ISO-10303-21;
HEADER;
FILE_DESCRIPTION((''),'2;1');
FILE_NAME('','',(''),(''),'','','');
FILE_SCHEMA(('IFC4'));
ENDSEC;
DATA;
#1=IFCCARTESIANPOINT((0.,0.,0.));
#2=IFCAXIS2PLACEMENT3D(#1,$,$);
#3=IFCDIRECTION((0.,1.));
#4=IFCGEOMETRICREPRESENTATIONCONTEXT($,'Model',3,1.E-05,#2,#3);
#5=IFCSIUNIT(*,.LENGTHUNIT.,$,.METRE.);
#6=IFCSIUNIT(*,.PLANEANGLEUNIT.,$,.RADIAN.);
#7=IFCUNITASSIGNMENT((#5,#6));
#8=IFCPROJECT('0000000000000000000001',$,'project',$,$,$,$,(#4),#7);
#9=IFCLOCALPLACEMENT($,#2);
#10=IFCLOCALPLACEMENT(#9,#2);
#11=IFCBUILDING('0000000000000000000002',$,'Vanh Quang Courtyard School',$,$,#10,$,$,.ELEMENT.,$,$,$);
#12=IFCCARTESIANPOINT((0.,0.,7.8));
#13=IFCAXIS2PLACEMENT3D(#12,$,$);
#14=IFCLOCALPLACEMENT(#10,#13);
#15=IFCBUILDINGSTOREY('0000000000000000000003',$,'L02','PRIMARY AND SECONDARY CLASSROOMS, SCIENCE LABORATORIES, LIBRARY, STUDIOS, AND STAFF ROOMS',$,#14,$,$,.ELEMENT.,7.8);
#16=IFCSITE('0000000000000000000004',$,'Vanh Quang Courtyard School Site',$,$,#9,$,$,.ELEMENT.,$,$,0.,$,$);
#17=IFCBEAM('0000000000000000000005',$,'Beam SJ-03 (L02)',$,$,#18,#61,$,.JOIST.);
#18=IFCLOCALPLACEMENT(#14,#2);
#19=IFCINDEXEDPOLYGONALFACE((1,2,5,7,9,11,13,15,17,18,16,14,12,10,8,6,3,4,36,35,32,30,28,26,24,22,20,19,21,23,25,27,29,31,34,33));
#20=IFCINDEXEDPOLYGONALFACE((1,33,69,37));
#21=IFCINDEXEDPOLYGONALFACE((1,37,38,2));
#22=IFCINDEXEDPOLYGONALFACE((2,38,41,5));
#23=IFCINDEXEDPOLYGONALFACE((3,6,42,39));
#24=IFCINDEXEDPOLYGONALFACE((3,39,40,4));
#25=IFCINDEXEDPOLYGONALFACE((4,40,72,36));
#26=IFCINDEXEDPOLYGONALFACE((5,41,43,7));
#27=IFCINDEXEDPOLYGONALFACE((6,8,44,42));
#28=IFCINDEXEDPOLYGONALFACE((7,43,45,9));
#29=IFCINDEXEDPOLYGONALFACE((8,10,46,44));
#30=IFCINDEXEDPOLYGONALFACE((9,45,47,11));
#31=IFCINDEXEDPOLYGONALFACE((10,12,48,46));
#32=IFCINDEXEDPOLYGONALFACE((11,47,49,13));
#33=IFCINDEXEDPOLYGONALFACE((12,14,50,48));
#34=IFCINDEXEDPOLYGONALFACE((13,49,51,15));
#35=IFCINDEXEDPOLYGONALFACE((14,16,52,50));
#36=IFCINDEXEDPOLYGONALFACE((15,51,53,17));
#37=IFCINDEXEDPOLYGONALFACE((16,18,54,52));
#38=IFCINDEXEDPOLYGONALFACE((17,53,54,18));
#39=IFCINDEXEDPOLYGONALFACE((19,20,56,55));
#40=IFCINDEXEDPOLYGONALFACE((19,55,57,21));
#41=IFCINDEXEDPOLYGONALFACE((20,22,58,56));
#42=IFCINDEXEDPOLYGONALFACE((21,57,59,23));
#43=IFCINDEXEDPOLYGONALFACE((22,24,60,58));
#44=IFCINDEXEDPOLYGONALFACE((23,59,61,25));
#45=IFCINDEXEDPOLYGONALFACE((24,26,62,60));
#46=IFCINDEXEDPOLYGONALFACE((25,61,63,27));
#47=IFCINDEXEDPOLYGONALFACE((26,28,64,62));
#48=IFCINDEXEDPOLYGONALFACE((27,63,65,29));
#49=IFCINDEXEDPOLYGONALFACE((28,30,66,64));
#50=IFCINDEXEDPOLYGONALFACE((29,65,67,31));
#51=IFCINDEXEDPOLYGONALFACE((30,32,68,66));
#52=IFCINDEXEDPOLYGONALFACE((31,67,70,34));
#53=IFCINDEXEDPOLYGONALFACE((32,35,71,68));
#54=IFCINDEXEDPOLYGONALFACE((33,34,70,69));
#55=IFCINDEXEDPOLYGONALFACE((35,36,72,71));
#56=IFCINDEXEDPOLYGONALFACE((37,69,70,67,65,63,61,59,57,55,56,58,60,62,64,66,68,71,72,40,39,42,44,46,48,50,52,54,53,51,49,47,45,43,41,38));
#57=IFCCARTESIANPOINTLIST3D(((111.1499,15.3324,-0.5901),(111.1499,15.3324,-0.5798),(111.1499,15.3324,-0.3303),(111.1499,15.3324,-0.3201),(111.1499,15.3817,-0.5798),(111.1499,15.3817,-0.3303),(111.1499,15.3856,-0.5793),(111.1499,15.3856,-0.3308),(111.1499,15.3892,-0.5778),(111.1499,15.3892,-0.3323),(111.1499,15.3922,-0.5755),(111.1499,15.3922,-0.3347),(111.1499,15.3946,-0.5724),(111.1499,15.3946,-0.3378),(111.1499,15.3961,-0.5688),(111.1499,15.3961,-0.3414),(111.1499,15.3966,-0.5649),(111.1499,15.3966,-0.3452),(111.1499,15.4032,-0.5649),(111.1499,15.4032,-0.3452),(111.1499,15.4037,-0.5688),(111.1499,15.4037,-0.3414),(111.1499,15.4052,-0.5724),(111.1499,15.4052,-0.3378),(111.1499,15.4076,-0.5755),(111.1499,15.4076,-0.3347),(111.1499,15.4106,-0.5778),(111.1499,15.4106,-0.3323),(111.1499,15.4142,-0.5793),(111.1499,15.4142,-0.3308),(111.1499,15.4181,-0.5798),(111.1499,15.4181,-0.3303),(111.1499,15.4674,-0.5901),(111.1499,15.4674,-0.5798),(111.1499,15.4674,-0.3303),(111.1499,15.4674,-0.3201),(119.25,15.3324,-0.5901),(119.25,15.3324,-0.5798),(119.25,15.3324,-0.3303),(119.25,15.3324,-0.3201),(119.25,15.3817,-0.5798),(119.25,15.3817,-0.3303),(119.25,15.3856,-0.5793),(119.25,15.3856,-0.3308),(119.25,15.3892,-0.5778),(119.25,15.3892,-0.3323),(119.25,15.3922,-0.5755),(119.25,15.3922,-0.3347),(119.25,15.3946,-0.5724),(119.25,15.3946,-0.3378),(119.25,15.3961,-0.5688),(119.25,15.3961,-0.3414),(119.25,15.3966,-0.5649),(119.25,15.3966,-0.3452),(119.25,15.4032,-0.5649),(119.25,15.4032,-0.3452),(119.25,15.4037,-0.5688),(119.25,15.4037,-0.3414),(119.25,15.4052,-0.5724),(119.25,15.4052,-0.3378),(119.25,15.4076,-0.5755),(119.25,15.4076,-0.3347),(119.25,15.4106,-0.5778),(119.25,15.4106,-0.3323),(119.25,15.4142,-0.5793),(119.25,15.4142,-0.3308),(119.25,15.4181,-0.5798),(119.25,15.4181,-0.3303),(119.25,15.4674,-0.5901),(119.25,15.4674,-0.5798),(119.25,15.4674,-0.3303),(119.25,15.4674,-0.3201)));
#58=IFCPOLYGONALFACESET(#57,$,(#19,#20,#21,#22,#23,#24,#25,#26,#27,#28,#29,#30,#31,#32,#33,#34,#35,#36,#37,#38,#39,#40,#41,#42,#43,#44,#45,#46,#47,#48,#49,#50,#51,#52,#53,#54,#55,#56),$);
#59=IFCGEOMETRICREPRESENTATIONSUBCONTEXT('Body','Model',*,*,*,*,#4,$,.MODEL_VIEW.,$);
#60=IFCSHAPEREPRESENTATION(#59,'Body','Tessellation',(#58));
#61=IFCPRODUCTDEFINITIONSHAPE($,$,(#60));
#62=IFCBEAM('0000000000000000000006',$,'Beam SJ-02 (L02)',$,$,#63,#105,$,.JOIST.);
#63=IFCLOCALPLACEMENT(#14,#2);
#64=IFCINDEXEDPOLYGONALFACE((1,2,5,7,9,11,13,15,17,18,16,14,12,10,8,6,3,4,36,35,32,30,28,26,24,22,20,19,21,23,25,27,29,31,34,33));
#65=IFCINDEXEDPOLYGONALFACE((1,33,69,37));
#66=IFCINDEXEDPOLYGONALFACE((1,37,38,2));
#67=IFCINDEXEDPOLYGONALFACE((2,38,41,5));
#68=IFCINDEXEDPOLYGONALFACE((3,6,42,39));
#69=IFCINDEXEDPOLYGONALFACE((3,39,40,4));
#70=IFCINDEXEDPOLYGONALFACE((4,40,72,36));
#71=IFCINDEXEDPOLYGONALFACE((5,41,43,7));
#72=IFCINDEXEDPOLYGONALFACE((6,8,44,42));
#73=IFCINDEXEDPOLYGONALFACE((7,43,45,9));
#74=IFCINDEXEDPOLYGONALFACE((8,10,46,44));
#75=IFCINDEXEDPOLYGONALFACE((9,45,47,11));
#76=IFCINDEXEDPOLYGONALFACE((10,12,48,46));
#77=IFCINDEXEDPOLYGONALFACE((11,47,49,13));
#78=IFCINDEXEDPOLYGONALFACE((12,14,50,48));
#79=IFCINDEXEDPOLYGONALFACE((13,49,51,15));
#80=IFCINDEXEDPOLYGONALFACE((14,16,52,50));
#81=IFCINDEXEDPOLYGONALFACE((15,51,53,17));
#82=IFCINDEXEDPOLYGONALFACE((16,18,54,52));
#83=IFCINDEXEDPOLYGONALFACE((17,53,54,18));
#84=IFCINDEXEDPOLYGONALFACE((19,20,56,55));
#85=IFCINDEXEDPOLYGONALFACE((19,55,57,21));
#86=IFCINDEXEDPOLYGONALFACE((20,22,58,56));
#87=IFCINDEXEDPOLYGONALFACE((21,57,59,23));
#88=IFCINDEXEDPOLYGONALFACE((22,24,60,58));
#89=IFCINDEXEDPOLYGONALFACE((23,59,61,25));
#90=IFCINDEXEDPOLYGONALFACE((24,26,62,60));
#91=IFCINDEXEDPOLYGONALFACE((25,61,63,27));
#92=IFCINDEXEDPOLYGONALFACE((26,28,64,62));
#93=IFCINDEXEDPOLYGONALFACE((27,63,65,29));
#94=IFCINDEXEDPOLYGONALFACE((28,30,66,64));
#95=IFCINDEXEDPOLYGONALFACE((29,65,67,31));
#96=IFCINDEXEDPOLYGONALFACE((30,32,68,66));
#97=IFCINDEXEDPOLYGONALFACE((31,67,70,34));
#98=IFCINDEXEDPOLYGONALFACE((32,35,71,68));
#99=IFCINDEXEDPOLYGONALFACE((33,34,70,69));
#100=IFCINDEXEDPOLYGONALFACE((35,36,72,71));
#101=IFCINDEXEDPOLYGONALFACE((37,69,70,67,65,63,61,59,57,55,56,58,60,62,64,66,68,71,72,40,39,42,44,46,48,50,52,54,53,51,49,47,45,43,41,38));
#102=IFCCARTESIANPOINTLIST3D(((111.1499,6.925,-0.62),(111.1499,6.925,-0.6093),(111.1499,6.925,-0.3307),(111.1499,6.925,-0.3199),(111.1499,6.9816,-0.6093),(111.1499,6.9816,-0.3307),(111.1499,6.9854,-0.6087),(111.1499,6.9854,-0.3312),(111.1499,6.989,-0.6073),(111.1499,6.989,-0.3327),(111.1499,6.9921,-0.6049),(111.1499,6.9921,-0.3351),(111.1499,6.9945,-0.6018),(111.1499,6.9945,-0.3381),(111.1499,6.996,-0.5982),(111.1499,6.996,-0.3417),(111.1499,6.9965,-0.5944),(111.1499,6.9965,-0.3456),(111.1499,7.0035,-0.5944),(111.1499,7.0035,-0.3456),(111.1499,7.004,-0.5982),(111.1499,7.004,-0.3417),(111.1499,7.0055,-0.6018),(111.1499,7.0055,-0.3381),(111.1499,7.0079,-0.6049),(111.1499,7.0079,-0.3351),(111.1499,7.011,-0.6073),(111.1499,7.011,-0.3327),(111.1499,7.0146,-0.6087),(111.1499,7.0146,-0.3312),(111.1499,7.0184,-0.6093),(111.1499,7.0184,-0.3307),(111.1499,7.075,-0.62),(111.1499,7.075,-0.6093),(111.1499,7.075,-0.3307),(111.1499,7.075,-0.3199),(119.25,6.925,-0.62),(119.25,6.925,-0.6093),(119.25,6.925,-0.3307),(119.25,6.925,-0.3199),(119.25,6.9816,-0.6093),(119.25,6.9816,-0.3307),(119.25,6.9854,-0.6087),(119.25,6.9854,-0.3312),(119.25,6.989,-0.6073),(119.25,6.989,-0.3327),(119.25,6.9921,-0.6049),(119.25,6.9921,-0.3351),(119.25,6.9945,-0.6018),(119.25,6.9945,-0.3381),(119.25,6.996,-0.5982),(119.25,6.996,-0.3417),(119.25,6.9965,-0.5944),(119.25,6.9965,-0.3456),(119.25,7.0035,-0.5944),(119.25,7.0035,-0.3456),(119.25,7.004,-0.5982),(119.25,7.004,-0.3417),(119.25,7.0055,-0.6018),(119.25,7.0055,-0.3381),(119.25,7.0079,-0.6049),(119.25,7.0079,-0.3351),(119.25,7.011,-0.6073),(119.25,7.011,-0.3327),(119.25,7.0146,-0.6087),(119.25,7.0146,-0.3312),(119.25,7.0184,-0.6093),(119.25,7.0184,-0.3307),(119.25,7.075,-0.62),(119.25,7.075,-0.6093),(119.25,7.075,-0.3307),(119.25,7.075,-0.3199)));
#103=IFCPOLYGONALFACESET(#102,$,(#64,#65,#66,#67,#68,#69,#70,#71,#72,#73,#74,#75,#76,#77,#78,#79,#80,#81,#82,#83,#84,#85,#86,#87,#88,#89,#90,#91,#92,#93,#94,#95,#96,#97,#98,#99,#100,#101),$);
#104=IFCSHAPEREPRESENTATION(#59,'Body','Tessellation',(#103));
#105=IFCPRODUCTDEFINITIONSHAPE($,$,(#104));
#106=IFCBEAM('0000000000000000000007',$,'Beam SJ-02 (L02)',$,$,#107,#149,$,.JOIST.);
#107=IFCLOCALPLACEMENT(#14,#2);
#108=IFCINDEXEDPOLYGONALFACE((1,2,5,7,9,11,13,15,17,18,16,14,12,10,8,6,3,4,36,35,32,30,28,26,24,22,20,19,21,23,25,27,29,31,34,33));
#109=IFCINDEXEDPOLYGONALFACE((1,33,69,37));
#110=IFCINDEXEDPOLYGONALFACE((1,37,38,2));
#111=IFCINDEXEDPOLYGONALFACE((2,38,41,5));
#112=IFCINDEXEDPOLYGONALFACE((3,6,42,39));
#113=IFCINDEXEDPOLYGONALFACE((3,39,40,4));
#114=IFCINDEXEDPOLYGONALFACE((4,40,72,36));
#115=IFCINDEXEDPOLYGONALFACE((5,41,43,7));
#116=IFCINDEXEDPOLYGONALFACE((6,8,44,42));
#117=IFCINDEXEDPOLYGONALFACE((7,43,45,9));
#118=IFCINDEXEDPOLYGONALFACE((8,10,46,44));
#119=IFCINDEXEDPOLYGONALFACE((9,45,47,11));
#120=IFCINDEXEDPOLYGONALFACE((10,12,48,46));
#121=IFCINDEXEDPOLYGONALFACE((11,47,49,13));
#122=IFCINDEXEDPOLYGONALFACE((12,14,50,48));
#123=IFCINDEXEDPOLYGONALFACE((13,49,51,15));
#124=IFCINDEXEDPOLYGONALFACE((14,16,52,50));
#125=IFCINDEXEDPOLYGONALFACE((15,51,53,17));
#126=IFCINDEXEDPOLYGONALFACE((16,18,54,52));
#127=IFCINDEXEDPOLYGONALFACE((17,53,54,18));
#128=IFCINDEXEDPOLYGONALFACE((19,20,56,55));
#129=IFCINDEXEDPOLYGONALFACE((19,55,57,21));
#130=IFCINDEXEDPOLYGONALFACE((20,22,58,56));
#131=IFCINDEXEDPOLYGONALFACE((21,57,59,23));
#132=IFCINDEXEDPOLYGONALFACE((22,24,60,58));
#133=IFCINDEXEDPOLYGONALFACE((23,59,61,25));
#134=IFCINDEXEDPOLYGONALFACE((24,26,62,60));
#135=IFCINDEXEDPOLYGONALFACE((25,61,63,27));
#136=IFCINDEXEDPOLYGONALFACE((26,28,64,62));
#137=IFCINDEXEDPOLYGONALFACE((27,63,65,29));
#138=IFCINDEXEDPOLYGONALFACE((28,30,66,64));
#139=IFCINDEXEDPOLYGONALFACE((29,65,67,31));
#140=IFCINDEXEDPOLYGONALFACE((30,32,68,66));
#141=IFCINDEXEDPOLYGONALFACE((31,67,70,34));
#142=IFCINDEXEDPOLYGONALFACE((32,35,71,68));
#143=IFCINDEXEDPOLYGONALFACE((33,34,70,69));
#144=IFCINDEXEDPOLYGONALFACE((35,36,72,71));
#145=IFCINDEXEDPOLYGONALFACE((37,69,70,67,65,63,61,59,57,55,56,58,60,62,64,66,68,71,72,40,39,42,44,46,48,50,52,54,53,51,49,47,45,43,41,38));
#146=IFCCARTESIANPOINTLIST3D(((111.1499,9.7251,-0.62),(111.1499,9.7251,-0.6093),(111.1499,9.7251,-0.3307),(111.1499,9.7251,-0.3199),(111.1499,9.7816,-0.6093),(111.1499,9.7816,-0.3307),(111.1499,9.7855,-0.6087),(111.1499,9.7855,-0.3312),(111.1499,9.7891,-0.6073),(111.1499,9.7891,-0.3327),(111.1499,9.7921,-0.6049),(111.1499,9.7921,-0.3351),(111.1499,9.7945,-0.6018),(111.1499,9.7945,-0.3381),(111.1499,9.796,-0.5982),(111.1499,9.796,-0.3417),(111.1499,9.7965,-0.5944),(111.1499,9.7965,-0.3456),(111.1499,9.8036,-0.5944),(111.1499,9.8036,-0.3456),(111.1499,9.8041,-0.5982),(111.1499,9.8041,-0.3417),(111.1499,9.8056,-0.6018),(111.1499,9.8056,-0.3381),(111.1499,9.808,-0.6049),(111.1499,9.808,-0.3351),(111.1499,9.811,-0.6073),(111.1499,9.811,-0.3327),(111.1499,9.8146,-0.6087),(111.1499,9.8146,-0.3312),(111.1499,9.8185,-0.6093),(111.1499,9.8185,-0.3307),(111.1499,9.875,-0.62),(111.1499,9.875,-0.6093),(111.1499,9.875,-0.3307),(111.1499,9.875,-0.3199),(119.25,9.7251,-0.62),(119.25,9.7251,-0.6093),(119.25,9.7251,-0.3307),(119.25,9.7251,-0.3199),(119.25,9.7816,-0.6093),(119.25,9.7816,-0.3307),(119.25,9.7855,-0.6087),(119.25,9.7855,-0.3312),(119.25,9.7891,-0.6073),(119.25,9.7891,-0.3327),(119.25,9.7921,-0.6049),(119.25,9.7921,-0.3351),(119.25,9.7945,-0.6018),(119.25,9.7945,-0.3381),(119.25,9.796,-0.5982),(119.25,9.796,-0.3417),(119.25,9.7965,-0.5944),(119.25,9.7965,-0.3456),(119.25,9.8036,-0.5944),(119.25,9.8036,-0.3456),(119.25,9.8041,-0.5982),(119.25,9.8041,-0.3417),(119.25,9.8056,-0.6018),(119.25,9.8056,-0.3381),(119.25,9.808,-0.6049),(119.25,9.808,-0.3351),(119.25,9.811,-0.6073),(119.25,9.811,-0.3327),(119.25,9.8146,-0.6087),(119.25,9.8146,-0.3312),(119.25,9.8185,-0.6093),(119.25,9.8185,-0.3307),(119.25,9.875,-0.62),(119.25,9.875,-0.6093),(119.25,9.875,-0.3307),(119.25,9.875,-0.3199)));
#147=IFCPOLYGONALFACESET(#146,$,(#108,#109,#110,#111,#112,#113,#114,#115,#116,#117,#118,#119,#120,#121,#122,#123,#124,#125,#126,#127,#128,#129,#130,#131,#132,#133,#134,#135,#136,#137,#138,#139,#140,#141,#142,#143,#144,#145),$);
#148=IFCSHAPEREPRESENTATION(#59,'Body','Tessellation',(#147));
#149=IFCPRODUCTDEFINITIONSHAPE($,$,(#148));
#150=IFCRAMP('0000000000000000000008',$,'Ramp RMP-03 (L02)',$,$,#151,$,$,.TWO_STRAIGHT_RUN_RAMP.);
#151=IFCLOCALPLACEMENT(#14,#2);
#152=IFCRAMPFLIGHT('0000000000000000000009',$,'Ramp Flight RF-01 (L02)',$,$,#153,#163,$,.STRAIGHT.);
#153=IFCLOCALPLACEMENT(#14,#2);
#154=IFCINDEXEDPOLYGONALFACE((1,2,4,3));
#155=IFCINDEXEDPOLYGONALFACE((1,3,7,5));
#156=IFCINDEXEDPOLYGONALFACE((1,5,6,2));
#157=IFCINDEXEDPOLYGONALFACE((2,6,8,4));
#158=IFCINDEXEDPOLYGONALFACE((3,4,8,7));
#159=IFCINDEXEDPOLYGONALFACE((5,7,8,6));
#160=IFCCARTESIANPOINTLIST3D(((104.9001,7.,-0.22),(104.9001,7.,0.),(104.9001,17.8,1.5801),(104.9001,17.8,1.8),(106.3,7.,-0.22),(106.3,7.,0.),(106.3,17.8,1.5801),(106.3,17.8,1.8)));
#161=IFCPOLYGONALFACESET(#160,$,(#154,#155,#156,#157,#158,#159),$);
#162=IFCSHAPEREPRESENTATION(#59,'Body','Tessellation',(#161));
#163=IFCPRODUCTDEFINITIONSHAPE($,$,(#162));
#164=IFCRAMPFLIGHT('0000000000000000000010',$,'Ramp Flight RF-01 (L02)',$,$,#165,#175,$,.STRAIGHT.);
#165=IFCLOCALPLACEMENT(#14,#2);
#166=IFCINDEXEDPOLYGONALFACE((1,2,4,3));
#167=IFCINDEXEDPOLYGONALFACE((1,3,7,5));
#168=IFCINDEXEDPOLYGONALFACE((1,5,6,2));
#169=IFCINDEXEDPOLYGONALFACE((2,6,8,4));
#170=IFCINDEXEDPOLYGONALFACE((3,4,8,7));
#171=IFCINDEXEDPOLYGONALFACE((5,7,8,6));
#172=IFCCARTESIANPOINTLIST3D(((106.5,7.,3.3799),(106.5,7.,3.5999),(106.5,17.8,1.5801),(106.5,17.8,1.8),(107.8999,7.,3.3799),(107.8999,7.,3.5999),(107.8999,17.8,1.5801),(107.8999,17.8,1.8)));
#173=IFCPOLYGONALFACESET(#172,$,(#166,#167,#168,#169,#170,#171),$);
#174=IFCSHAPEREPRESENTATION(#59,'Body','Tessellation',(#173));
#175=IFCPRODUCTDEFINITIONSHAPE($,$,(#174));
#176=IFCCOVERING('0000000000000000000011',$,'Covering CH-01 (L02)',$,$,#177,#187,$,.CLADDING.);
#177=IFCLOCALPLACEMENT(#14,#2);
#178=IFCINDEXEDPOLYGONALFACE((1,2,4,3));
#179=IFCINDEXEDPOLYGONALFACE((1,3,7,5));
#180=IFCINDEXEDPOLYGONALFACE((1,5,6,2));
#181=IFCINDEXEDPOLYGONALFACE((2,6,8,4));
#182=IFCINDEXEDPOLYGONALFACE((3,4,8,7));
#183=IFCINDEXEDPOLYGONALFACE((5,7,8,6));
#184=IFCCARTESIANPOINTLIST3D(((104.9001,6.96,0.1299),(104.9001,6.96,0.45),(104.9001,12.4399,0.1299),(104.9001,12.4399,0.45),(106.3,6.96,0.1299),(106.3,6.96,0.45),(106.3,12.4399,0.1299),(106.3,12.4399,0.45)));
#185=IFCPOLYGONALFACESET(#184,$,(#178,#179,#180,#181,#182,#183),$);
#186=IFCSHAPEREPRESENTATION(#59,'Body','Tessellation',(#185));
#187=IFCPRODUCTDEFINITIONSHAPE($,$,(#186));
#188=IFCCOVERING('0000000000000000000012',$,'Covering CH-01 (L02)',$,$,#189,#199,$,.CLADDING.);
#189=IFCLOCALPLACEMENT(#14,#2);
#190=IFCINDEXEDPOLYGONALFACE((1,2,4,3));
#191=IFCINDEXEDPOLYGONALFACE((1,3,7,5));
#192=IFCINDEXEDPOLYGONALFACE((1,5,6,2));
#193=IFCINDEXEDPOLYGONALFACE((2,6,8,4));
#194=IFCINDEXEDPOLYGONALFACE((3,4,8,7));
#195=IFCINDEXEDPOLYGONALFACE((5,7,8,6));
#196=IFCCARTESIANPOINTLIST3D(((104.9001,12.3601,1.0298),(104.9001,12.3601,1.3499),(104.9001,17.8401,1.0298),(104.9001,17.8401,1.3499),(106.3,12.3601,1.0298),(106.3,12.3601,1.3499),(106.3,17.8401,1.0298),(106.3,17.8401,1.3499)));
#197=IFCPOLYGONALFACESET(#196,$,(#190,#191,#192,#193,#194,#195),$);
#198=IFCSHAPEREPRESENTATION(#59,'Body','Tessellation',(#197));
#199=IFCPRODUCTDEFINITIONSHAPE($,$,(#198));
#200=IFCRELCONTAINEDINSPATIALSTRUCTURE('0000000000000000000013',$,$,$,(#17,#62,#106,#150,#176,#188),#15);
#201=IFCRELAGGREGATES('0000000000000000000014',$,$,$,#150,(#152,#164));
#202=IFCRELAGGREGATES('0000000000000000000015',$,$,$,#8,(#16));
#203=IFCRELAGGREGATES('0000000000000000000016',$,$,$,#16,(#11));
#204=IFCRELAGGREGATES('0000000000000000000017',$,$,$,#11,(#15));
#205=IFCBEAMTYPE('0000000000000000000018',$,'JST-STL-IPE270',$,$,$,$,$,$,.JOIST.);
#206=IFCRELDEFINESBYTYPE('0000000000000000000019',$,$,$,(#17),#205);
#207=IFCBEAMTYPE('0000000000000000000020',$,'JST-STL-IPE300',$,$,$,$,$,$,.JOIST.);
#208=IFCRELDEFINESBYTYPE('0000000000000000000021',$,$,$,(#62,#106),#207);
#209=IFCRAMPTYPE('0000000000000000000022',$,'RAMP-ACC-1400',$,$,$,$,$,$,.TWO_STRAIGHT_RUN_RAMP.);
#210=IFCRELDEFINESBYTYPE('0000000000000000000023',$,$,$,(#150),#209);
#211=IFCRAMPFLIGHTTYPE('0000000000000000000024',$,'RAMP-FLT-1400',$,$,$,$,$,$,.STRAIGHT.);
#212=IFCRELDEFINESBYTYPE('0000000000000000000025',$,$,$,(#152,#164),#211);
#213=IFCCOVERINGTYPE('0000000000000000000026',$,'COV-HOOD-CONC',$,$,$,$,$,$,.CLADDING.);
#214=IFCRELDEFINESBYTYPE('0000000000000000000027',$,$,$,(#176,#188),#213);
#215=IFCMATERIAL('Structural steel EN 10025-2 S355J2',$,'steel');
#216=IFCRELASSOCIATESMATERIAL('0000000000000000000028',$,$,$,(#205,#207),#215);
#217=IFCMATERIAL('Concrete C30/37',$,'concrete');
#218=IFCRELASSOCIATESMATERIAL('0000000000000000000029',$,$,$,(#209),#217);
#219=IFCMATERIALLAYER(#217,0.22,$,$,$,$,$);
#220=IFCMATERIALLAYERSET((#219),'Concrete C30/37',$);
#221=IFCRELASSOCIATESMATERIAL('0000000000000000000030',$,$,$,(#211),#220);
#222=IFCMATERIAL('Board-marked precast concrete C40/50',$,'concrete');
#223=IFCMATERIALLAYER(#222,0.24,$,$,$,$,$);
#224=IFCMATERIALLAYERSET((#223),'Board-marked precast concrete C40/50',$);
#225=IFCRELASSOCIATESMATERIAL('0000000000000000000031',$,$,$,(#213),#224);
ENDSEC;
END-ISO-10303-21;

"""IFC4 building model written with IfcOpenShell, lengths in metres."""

from ifc_helpers import new_model, si_unit, direction, frame, origin, origin_2d, place, context, subcontext, project, spatial, polyline, rectangle, i_section, outline, extrude, material, layer, layer_set, material_profile, profile_set, type_object, element, aggregate, save


model = new_model("IFC4")

# Units and contexts
model_context = context("Model", 3, precision=1e-05, world=origin(), true_north=direction((0.0, 1.0)))
body_context = subcontext(model_context, "Body", "Model", "MODEL_VIEW")
ifc_project = project(units=[si_unit("LENGTHUNIT", "METRE"), si_unit("PLANEANGLEUNIT", "RADIAN")], contexts=[model_context])

# Site, building, storey
site_placement = place(None, origin())
site = spatial("IfcSite", under=ifc_project, at=site_placement, Name="Vanh Quang Courtyard School Site", CompositionType="ELEMENT", RefElevation=0.0)
building_placement = place(site_placement, origin())
building = spatial("IfcBuilding", under=site, at=building_placement, Name="Vanh Quang Courtyard School", CompositionType="ELEMENT")
storey_placement = place(building_placement, frame((0.0, 0.0, 7.8)))
storey = spatial("IfcBuildingStorey", under=building, at=storey_placement, Name="L02", Description="PRIMARY AND SECONDARY CLASSROOMS, SCIENCE LABORATORIES, LIBRARY, STUDIOS, AND STAFF ROOMS", CompositionType="ELEMENT", Elevation=7.8)

# Beams
ifc_material_1 = material(Name="Structural steel EN 10025-2 S355J2", Category="steel")
ifc_material_profile_1 = material_profile(ifc_material_1, i_section(OverallWidth=0.135, OverallDepth=0.27, WebThickness=0.0066, FlangeThickness=0.0103, FilletRadius=0.0149, at=origin_2d()), Name="IPE 270")
ifc_profile_set_1 = profile_set([ifc_material_profile_1], Name="Structural steel EN 10025-2 S355J2")
beam_type_1 = type_object("IfcBeamType", Name="JST-STL-IPE270", PredefinedType="JOIST", material=ifc_profile_set_1)
beam_1_placement = place(storey_placement, frame((111.1499, 15.3999, -0.4551), z_axis=(1.0, 0.0, 0.0), x_axis=(0.0, 1.0, 0.0)))
element("IfcBeam", 1, at=beam_1_placement, inside=storey, type_object=beam_type_1, Name="Beam SJ-03 (L02)", PredefinedType="JOIST", context=body_context, shape_type="SweptSolid", body=[
    extrude(i_section(OverallWidth=0.135, OverallDepth=0.27, WebThickness=0.0066, FlangeThickness=0.0103, FilletRadius=0.0149, at=origin_2d()), origin(), (0.0, 0.0, 1.0), 8.1001),
])
ifc_material_profile_2 = material_profile(ifc_material_1, i_section(OverallWidth=0.1499, OverallDepth=0.3, WebThickness=0.0071, FlangeThickness=0.0107, FilletRadius=0.0149, at=origin_2d()), Name="IPE 300")
ifc_profile_set_2 = profile_set([ifc_material_profile_2], Name="Structural steel EN 10025-2 S355J2")
beam_type_2 = type_object("IfcBeamType", Name="JST-STL-IPE300", PredefinedType="JOIST", material=ifc_profile_set_2)
for number, where, z_axis, x_axis, name in (
    (2, (111.1499, 7.0, -0.47), (1.0, 0.0, 0.0), (0.0, 1.0, 0.0), "Beam SJ-02 (L02)"),
    (3, (111.1499, 9.8, -0.47), (1.0, 0.0, 0.0), (0.0, 1.0, 0.0), "Beam SJ-02 (L02)"),
):
    element("IfcBeam", number, at=place(storey_placement, frame(where, z_axis=z_axis, x_axis=x_axis)), inside=storey, type_object=beam_type_2, Name=name, PredefinedType="JOIST", context=body_context, shape_type="SweptSolid", body=[
        extrude(i_section(OverallWidth=0.1499, OverallDepth=0.3, WebThickness=0.0071, FlangeThickness=0.0107, FilletRadius=0.0149, at=origin_2d()), origin(), (0.0, 0.0, 1.0), 8.1001),
    ])

# Ramp, ramp flights
ifc_material_2 = material(Name="Concrete C30/37", Category="concrete")
ramp_type = type_object("IfcRampType", Name="RAMP-ACC-1400", PredefinedType="TWO_STRAIGHT_RUN_RAMP", material=ifc_material_2)
ramp_placement = place(storey_placement, origin())
ramp = element("IfcRamp", 4, at=ramp_placement, inside=storey, type_object=ramp_type, Name="Ramp RMP-03 (L02)", PredefinedType="TWO_STRAIGHT_RUN_RAMP")
ifc_layer_1 = layer(ifc_material_2, 0.22)
ifc_layer_set_1 = layer_set([ifc_layer_1], Name="Concrete C30/37")
ramp_flight_type = type_object("IfcRampFlightType", Name="RAMP-FLT-1400", PredefinedType="STRAIGHT", material=ifc_layer_set_1)
ramp_flight_1_placement = place(storey_placement, frame((105.6001, 7.0, 0.0), z_axis=(0.0, 0.0, 1.0), x_axis=(0.0, 1.0, 0.0)))
ramp_flight_1 = element("IfcRampFlight", 5, at=ramp_flight_1_placement, type_object=ramp_flight_type, Name="Ramp Flight RF-01 (L02)", PredefinedType="STRAIGHT", context=body_context, shape_type="SweptSolid", body=[
    extrude(outline(polyline([(0.0, 0.0), (10.8, 1.8), (10.8, 1.5801), (0.0, -0.22), (0.0, 0.0)])), frame((0.0, 0.7, 0.0), z_axis=(0.0, -1.0, 0.0), x_axis=(1.0, 0.0, 0.0)), (0.0, 0.0, 1.0), 1.3999),
])
ramp_flight_2_placement = place(storey_placement, frame((107.2, 17.8, 1.8), z_axis=(0.0, 0.0, 1.0), x_axis=(0.0, -1.0, 0.0)))
ramp_flight_2 = element("IfcRampFlight", 6, at=ramp_flight_2_placement, type_object=ramp_flight_type, Name="Ramp Flight RF-01 (L02)", PredefinedType="STRAIGHT", context=body_context, shape_type="SweptSolid", body=[
    extrude(outline(polyline([(0.0, 0.0), (10.8, 1.7998), (10.8, 1.5798), (0.0, -0.22), (0.0, 0.0)])), frame((0.0, 0.7, 0.0), z_axis=(0.0, -1.0, 0.0), x_axis=(1.0, 0.0, 0.0)), (0.0, 0.0, 1.0), 1.3999),
])
aggregate(ramp, [ramp_flight_1, ramp_flight_2])

# Coverings
ifc_material_3 = material(Name="Board-marked precast concrete C40/50", Category="concrete")
ifc_layer_2 = layer(ifc_material_3, 0.24)
ifc_layer_set_2 = layer_set([ifc_layer_2], Name="Board-marked precast concrete C40/50")
covering_type = type_object("IfcCoveringType", Name="COV-HOOD-CONC", PredefinedType="CLADDING", material=ifc_layer_set_2)
for number, where, z_axis, x_axis, name in (
    (7, (105.6001, 9.7, 0.1299), (0.0, 0.0, 1.0), (1.0, 0.0, 0.0), "Covering CH-01 (L02)"),
    (8, (105.6001, 15.1001, 1.0298), (0.0, 0.0, 1.0), (1.0, 0.0, 0.0), "Covering CH-01 (L02)"),
):
    element("IfcCovering", number, at=place(storey_placement, frame(where, z_axis=z_axis, x_axis=x_axis)), inside=storey, type_object=covering_type, Name=name, PredefinedType="CLADDING", context=body_context, shape_type="SweptSolid", body=[
        extrude(rectangle(XDim=1.3999, YDim=5.48, at=origin_2d()), origin(), (0.0, 0.0, 1.0), 0.3201),
    ])

save(model, "model.ifc")
